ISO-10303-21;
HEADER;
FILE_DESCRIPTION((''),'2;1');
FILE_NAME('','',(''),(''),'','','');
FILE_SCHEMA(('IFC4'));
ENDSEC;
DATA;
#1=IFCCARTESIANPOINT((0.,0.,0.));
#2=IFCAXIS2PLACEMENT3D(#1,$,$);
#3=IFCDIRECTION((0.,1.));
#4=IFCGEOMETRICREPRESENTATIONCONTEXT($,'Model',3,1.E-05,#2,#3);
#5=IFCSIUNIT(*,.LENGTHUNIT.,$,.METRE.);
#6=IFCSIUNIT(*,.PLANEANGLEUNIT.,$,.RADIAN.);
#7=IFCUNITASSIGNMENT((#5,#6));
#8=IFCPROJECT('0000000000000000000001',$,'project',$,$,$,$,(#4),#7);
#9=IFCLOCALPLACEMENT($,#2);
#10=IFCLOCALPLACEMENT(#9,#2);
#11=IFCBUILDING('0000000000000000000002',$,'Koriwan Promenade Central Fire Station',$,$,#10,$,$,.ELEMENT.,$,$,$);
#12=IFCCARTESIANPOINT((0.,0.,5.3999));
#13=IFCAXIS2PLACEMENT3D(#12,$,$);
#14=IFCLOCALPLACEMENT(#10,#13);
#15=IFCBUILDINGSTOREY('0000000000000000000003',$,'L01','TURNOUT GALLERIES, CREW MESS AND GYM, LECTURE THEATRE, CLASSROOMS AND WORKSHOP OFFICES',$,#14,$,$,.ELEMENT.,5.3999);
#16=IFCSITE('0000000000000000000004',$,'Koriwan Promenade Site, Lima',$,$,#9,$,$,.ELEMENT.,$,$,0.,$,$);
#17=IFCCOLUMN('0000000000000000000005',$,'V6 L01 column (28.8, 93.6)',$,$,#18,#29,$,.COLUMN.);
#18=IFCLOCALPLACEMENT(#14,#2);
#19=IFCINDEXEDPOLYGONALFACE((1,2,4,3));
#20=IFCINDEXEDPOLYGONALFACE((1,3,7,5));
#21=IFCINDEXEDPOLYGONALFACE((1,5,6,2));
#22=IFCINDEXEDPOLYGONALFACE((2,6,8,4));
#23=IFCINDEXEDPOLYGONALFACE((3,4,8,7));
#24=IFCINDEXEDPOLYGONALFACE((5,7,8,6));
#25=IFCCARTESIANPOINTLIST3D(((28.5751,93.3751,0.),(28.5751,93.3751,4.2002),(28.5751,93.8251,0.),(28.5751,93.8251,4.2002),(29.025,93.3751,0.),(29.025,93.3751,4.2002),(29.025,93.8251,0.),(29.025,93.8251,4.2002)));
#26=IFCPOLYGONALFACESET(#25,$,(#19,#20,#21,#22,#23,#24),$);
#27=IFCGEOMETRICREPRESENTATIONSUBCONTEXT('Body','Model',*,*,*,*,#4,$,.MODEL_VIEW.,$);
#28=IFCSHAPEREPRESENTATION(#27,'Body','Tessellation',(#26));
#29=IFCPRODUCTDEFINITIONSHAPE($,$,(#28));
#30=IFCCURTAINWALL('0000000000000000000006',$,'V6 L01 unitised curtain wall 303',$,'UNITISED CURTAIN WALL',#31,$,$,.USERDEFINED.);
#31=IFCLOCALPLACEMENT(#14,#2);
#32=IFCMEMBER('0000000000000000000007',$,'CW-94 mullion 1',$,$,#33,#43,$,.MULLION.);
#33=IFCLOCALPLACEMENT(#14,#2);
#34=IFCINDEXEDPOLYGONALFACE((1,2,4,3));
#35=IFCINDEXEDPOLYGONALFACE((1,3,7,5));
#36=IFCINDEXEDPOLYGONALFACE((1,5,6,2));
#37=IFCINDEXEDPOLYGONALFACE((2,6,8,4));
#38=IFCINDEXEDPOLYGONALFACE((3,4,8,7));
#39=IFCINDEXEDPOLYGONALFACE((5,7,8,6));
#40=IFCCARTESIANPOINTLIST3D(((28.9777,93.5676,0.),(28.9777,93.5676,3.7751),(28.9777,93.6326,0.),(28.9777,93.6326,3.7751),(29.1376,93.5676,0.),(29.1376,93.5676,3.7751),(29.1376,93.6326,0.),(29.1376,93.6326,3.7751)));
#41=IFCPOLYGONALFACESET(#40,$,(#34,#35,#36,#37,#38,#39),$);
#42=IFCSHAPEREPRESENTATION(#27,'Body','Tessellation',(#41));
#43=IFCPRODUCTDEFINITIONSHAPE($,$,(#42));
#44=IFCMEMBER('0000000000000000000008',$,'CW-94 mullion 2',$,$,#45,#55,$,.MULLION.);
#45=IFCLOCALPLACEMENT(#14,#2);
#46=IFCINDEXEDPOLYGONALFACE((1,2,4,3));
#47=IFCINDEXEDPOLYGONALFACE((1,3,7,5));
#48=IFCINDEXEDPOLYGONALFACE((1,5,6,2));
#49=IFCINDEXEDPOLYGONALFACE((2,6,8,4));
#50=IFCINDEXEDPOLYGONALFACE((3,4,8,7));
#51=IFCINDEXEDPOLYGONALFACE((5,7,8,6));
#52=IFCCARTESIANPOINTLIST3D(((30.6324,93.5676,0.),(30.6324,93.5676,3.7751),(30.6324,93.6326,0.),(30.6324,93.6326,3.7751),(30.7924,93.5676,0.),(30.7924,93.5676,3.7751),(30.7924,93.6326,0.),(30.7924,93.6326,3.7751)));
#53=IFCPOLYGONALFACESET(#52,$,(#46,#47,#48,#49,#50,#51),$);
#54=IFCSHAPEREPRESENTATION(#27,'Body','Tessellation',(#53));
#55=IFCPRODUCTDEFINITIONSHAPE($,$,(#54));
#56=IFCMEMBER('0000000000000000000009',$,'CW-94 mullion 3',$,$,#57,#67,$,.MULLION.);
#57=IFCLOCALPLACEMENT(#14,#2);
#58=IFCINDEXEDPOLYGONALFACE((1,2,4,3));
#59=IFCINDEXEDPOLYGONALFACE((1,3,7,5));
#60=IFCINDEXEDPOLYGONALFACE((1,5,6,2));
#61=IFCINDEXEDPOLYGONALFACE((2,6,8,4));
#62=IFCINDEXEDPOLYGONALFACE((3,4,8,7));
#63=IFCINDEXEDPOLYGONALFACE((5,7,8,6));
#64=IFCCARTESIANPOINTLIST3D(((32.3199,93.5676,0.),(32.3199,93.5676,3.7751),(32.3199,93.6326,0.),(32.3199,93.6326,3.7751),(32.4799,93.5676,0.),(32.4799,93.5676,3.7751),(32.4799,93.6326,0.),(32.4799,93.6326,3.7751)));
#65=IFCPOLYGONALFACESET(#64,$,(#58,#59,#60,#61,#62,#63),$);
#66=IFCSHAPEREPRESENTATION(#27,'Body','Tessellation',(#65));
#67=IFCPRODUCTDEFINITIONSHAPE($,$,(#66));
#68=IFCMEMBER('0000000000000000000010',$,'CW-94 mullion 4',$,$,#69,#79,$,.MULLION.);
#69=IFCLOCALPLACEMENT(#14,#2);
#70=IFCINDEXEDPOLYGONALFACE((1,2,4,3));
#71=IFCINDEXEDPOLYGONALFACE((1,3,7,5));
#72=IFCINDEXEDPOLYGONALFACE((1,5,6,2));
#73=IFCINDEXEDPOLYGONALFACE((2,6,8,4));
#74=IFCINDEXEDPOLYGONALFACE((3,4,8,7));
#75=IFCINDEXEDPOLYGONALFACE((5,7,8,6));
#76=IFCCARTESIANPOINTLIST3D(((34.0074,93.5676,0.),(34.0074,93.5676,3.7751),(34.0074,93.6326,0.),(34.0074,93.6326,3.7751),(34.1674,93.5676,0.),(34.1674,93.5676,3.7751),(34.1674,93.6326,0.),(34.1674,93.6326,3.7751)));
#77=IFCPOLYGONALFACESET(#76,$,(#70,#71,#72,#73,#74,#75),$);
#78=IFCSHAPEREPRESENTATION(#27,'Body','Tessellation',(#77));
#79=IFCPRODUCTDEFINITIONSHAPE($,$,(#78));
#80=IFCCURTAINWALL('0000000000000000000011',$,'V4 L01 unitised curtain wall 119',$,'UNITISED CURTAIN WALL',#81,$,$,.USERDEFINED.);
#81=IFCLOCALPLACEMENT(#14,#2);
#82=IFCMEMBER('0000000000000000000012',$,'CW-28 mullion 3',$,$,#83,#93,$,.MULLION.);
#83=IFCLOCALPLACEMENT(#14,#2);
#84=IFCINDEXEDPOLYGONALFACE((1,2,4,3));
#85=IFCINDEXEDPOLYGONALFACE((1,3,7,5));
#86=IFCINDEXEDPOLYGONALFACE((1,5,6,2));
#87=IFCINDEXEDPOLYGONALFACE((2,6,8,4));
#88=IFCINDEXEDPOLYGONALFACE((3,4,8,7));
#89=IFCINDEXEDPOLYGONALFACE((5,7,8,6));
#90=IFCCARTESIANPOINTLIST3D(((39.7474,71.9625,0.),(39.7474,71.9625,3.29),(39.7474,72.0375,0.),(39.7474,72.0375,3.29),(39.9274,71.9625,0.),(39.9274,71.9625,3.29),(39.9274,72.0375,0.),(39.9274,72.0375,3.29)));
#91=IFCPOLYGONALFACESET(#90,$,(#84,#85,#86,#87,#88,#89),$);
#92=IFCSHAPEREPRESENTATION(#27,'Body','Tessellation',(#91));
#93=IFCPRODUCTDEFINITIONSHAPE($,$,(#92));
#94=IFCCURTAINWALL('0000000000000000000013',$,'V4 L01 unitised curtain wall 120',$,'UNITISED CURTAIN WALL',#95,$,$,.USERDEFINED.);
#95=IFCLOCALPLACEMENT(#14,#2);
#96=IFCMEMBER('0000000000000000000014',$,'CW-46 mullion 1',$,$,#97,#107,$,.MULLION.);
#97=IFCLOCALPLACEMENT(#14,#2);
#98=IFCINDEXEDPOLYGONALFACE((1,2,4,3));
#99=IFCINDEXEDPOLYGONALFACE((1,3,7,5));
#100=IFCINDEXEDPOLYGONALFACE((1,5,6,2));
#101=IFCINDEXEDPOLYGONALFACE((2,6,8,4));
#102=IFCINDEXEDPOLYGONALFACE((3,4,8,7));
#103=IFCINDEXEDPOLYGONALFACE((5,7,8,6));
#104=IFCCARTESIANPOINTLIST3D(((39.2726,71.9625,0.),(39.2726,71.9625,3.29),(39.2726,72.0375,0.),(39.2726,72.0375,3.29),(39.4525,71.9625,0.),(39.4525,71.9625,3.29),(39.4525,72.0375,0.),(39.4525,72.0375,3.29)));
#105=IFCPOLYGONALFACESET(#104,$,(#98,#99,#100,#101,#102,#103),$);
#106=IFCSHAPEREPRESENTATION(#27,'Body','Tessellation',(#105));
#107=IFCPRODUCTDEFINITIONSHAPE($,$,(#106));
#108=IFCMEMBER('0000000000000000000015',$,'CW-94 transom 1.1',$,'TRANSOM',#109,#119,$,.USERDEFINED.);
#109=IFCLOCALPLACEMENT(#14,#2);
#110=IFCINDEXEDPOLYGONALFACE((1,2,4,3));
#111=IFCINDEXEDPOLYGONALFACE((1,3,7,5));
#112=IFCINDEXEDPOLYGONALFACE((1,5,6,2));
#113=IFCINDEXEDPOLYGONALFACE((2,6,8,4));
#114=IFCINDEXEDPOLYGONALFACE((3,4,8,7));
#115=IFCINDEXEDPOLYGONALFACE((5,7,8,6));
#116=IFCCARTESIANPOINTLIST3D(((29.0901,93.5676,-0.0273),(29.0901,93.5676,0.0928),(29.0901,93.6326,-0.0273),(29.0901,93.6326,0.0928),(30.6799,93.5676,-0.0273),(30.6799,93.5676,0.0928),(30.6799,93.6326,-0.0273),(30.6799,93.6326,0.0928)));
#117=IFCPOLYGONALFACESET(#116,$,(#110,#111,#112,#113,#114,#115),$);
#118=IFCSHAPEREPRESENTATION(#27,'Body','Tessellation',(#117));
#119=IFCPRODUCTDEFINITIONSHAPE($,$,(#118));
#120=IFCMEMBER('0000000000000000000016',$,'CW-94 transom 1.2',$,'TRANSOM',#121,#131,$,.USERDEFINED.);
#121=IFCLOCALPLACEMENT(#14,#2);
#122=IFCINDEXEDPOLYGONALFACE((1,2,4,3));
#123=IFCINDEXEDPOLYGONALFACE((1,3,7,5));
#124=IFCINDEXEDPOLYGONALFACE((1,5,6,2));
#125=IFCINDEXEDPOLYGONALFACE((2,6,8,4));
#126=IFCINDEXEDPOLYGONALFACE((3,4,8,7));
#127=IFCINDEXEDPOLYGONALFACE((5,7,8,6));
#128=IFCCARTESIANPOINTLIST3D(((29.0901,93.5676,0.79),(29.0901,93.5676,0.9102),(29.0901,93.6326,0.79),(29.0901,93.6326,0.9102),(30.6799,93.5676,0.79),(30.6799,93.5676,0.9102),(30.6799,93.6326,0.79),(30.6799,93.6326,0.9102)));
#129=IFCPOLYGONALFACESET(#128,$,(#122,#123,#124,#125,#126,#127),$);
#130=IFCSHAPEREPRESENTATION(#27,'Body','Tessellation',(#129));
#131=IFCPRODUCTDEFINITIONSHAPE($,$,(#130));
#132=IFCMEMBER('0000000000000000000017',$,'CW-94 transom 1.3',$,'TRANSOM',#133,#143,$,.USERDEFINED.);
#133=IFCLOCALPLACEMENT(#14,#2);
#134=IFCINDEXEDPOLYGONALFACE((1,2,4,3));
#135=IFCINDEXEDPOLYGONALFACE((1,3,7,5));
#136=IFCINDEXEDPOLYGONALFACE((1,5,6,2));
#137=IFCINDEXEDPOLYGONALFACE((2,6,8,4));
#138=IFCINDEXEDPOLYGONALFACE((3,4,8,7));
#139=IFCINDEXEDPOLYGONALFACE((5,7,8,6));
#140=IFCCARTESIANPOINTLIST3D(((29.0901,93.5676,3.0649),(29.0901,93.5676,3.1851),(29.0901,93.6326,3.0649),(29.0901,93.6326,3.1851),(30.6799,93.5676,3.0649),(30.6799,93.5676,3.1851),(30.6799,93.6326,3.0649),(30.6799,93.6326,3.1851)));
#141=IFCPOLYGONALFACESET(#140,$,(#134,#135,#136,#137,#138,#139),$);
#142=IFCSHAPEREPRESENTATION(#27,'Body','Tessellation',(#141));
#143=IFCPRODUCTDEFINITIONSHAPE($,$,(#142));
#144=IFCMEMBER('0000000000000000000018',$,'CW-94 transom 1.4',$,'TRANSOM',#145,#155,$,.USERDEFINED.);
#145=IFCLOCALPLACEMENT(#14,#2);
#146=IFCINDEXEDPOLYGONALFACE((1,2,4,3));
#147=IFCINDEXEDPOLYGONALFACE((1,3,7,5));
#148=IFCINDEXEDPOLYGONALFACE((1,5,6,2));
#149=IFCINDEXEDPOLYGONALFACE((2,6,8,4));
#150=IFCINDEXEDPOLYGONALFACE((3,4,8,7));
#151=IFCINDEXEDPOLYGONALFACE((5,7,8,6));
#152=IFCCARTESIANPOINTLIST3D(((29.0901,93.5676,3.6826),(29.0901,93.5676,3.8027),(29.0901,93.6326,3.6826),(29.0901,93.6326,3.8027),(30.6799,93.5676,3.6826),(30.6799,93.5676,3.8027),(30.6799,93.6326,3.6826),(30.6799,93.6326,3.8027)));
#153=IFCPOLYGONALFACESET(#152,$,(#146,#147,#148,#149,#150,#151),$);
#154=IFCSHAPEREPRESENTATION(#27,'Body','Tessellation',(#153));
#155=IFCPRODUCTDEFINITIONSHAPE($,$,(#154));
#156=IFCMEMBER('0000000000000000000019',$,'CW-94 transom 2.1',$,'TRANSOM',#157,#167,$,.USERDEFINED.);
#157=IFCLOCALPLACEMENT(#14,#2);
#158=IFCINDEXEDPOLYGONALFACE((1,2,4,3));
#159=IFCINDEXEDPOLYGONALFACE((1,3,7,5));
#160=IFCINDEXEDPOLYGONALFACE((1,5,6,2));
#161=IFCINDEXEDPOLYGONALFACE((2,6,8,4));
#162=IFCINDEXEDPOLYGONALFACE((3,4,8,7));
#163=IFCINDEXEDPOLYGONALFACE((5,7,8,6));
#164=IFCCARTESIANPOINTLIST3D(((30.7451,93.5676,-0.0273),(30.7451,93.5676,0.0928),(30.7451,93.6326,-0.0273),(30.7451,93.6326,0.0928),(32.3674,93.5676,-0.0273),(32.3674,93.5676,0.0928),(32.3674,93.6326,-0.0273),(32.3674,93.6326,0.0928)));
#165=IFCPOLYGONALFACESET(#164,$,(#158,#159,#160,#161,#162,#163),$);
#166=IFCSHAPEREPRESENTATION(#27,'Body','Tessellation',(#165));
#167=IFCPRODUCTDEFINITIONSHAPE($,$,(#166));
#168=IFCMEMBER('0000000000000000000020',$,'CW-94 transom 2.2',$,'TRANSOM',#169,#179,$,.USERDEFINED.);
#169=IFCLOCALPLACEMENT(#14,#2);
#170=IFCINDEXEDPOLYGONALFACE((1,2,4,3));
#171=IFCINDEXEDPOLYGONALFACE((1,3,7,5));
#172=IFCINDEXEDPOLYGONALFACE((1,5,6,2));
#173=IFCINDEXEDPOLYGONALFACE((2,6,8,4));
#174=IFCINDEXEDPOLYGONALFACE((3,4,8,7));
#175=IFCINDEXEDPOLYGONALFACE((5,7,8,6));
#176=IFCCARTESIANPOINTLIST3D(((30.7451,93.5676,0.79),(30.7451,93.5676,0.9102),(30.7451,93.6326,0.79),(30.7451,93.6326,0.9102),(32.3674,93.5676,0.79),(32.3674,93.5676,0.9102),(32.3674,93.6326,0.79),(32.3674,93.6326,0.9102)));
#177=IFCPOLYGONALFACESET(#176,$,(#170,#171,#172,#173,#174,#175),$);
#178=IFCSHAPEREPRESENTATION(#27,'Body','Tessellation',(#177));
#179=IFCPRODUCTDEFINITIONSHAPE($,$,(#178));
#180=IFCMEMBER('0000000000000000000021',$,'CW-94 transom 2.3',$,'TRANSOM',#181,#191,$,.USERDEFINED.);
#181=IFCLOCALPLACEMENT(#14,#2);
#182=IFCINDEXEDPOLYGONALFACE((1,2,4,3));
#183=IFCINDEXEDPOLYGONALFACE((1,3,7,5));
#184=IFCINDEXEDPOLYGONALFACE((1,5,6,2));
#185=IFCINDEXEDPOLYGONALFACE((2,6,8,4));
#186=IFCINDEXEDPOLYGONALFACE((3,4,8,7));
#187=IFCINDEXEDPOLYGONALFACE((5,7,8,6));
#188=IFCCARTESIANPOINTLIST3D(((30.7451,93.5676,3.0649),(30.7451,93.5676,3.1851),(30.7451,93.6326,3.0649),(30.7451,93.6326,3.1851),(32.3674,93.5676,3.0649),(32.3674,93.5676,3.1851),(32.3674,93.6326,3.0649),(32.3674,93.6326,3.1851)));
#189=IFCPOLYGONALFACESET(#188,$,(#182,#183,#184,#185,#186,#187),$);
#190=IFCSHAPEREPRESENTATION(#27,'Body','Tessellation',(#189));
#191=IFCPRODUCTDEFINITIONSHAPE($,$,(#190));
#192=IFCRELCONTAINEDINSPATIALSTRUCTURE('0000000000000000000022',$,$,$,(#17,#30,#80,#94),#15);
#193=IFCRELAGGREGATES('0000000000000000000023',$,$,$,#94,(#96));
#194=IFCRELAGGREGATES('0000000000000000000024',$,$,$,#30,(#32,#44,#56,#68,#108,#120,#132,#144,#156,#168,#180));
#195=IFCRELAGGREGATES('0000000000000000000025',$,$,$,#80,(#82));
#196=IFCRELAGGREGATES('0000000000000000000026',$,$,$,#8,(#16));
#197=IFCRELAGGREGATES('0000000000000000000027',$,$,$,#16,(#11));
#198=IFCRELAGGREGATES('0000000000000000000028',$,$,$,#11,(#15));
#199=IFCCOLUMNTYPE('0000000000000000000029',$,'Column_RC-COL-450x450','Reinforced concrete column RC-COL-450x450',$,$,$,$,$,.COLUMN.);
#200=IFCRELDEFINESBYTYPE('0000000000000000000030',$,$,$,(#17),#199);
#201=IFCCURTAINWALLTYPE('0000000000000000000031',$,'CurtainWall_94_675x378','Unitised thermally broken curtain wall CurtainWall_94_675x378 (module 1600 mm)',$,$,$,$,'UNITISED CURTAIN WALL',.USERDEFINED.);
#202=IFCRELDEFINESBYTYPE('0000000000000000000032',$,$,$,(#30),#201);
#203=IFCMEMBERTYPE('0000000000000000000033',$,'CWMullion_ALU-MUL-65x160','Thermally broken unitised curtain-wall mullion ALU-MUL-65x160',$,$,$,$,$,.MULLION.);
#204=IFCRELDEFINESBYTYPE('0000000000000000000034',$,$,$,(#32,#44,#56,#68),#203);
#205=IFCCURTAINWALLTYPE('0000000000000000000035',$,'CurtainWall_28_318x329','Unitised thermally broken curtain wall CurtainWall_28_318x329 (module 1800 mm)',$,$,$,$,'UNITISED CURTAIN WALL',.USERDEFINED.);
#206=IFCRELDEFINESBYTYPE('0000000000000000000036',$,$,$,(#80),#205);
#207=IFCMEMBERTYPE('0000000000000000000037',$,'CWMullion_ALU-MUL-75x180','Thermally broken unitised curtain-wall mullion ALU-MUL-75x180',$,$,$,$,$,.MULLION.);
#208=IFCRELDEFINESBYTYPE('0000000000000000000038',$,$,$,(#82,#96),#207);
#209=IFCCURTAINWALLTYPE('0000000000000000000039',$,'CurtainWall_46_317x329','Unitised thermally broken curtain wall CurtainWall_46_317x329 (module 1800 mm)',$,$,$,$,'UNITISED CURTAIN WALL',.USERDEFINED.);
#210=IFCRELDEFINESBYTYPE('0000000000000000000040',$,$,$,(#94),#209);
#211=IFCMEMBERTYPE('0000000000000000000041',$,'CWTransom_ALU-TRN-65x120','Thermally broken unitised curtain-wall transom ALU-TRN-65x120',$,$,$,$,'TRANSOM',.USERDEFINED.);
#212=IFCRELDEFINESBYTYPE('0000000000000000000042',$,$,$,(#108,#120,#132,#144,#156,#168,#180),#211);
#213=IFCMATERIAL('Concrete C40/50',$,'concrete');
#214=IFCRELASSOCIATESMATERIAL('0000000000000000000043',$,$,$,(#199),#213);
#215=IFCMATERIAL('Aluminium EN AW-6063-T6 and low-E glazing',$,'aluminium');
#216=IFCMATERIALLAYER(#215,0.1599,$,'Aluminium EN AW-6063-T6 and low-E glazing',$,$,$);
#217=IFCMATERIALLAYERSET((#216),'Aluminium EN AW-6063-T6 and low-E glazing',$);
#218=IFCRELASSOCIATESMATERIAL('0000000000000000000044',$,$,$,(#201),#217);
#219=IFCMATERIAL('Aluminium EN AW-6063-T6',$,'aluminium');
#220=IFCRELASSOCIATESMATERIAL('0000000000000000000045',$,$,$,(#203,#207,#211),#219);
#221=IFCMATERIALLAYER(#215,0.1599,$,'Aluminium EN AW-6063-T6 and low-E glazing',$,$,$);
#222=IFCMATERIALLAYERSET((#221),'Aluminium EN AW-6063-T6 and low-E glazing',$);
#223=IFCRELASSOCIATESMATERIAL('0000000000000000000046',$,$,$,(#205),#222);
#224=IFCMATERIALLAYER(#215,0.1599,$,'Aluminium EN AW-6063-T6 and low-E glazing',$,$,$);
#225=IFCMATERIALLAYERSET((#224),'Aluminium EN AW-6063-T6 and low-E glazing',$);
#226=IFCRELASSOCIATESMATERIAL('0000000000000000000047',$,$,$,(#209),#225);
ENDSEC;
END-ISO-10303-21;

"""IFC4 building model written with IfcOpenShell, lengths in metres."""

from ifc_helpers import new_model, si_unit, direction, frame, origin, origin_2d, place, context, subcontext, project, spatial, rectangle, extrude, material, layer, layer_set, material_profile, profile_set, type_object, element, aggregate, save


model = new_model("IFC4")

# Units and contexts
model_context = context("Model", 3, precision=1e-05, world=origin(), true_north=direction((0.0, 1.0)))
body_context = subcontext(model_context, "Body", "Model", "MODEL_VIEW")
ifc_project = project(units=[si_unit("LENGTHUNIT", "METRE"), si_unit("PLANEANGLEUNIT", "RADIAN")], contexts=[model_context])

# Site, building, storey
site_placement = place(None, origin())
site = spatial("IfcSite", under=ifc_project, at=site_placement, Name="Koriwan Promenade Site, Lima", CompositionType="ELEMENT", RefElevation=0.0)
building_placement = place(site_placement, origin())
building = spatial("IfcBuilding", under=site, at=building_placement, Name="Koriwan Promenade Central Fire Station", CompositionType="ELEMENT")
storey_placement = place(building_placement, frame((0.0, 0.0, 5.3999)))
storey = spatial("IfcBuildingStorey", under=building, at=storey_placement, Name="L01", Description="TURNOUT GALLERIES, CREW MESS AND GYM, LECTURE THEATRE, CLASSROOMS AND WORKSHOP OFFICES", CompositionType="ELEMENT", Elevation=5.3999)

# Column
ifc_material_1 = material(Name="Concrete C40/50", Category="concrete")
ifc_material_profile_1 = material_profile(ifc_material_1, rectangle(XDim=0.45, YDim=0.45, at=origin_2d()), Name="RC-COL-450x450")
ifc_profile_set_1 = profile_set([ifc_material_profile_1], Name="Concrete C40/50")
column_type = type_object("IfcColumnType", Name="Column_RC-COL-450x450", Description="Reinforced concrete column RC-COL-450x450", PredefinedType="COLUMN", material=ifc_profile_set_1)
column_placement = place(storey_placement, frame((28.8, 93.6001, 0.0), z_axis=(0.0, 0.0, 1.0), x_axis=(1.0, 0.0, 0.0)))
element("IfcColumn", 1, at=column_placement, inside=storey, type_object=column_type, Name="V6 L01 column (28.8, 93.6)", PredefinedType="COLUMN", context=body_context, shape_type="SweptSolid", body=[
    extrude(rectangle(XDim=0.45, YDim=0.45, at=origin_2d()), origin(), (0.0, 0.0, 1.0), 4.2002),
])

# Curtain wall, members
ifc_material_2 = material(Name="Aluminium EN AW-6063-T6 and low-E glazing", Category="aluminium")
ifc_layer_1 = layer(ifc_material_2, 0.1599, Name="Aluminium EN AW-6063-T6 and low-E glazing")
ifc_layer_set_1 = layer_set([ifc_layer_1], Name="Aluminium EN AW-6063-T6 and low-E glazing")
curtain_wall_type_1 = type_object("IfcCurtainWallType", Name="CurtainWall_94_675x378", Description="Unitised thermally broken curtain wall CurtainWall_94_675x378 (module 1600 mm)", ElementType="UNITISED CURTAIN WALL", PredefinedType="USERDEFINED", material=ifc_layer_set_1)
curtain_wall_1_placement = place(storey_placement, origin())
curtain_wall_1 = element("IfcCurtainWall", 2, at=curtain_wall_1_placement, inside=storey, type_object=curtain_wall_type_1, Name="V6 L01 unitised curtain wall 303", ObjectType="UNITISED CURTAIN WALL", PredefinedType="USERDEFINED")
ifc_material_3 = material(Name="Aluminium EN AW-6063-T6", Category="aluminium")
ifc_material_profile_2 = material_profile(ifc_material_3, rectangle(XDim=0.0649, YDim=0.1599, at=origin_2d()), Name="ALU-MUL-65x160")
ifc_profile_set_2 = profile_set([ifc_material_profile_2], Name="Aluminium EN AW-6063-T6")
member_type_1 = type_object("IfcMemberType", Name="CWMullion_ALU-MUL-65x160", Description="Thermally broken unitised curtain-wall mullion ALU-MUL-65x160", PredefinedType="MULLION", material=ifc_profile_set_2)
member_1_placement = place(storey_placement, frame((29.0576, 93.6001, 0.0), z_axis=(0.0, 0.0, 1.0), x_axis=(0.0, 1.0, 0.0)))
member_1 = element("IfcMember", 3, at=member_1_placement, type_object=member_type_1, Name="CW-94 mullion 1", PredefinedType="MULLION", context=body_context, shape_type="SweptSolid", body=[
    extrude(rectangle(XDim=0.0649, YDim=0.1599, at=origin_2d()), origin(), (0.0, 0.0, 1.0), 3.7751),
])
member_2_placement = place(storey_placement, frame((30.7124, 93.6001, 0.0), z_axis=(0.0, 0.0, 1.0), x_axis=(0.0, 1.0, 0.0)))
member_2 = element("IfcMember", 4, at=member_2_placement, type_object=member_type_1, Name="CW-94 mullion 2", PredefinedType="MULLION", context=body_context, shape_type="SweptSolid", body=[
    extrude(rectangle(XDim=0.0649, YDim=0.1599, at=origin_2d()), origin(), (0.0, 0.0, 1.0), 3.7751),
])
member_3_placement = place(storey_placement, frame((32.3999, 93.6001, 0.0), z_axis=(0.0, 0.0, 1.0), x_axis=(0.0, 1.0, 0.0)))
member_3 = element("IfcMember", 5, at=member_3_placement, type_object=member_type_1, Name="CW-94 mullion 3", PredefinedType="MULLION", context=body_context, shape_type="SweptSolid", body=[
    extrude(rectangle(XDim=0.0649, YDim=0.1599, at=origin_2d()), origin(), (0.0, 0.0, 1.0), 3.7751),
])
member_4_placement = place(storey_placement, frame((34.0874, 93.6001, 0.0), z_axis=(0.0, 0.0, 1.0), x_axis=(0.0, 1.0, 0.0)))
member_4 = element("IfcMember", 6, at=member_4_placement, type_object=member_type_1, Name="CW-94 mullion 4", PredefinedType="MULLION", context=body_context, shape_type="SweptSolid", body=[
    extrude(rectangle(XDim=0.0649, YDim=0.1599, at=origin_2d()), origin(), (0.0, 0.0, 1.0), 3.7751),
])

# Curtain walls, members
ifc_layer_2 = layer(ifc_material_2, 0.1599, Name="Aluminium EN AW-6063-T6 and low-E glazing")
ifc_layer_set_2 = layer_set([ifc_layer_2], Name="Aluminium EN AW-6063-T6 and low-E glazing")
curtain_wall_type_2 = type_object("IfcCurtainWallType", Name="CurtainWall_28_318x329", Description="Unitised thermally broken curtain wall CurtainWall_28_318x329 (module 1800 mm)", ElementType="UNITISED CURTAIN WALL", PredefinedType="USERDEFINED", material=ifc_layer_set_2)
curtain_wall_2_placement = place(storey_placement, origin())
curtain_wall_2 = element("IfcCurtainWall", 7, at=curtain_wall_2_placement, inside=storey, type_object=curtain_wall_type_2, Name="V4 L01 unitised curtain wall 119", ObjectType="UNITISED CURTAIN WALL", PredefinedType="USERDEFINED")
ifc_material_profile_3 = material_profile(ifc_material_3, rectangle(XDim=0.075, YDim=0.1799, at=origin_2d()), Name="ALU-MUL-75x180")
ifc_profile_set_3 = profile_set([ifc_material_profile_3], Name="Aluminium EN AW-6063-T6")
member_type_2 = type_object("IfcMemberType", Name="CWMullion_ALU-MUL-75x180", Description="Thermally broken unitised curtain-wall mullion ALU-MUL-75x180", PredefinedType="MULLION", material=ifc_profile_set_3)
member_5_placement = place(storey_placement, frame((39.8374, 72.0, 0.0), z_axis=(0.0, 0.0, 1.0), x_axis=(0.0, -1.0, 0.0)))
member_5 = element("IfcMember", 8, at=member_5_placement, type_object=member_type_2, Name="CW-28 mullion 3", PredefinedType="MULLION", context=body_context, shape_type="SweptSolid", body=[
    extrude(rectangle(XDim=0.075, YDim=0.1799, at=origin_2d()), origin(), (0.0, 0.0, 1.0), 3.29),
])
ifc_layer_3 = layer(ifc_material_2, 0.1599, Name="Aluminium EN AW-6063-T6 and low-E glazing")
ifc_layer_set_3 = layer_set([ifc_layer_3], Name="Aluminium EN AW-6063-T6 and low-E glazing")
curtain_wall_type_3 = type_object("IfcCurtainWallType", Name="CurtainWall_46_317x329", Description="Unitised thermally broken curtain wall CurtainWall_46_317x329 (module 1800 mm)", ElementType="UNITISED CURTAIN WALL", PredefinedType="USERDEFINED", material=ifc_layer_set_3)
curtain_wall_3_placement = place(storey_placement, origin())
curtain_wall_3 = element("IfcCurtainWall", 9, at=curtain_wall_3_placement, inside=storey, type_object=curtain_wall_type_3, Name="V4 L01 unitised curtain wall 120", ObjectType="UNITISED CURTAIN WALL", PredefinedType="USERDEFINED")
member_6_placement = place(storey_placement, frame((39.3625, 72.0, 0.0), z_axis=(0.0, 0.0, 1.0), x_axis=(0.0, -1.0, 0.0)))
member_6 = element("IfcMember", 10, at=member_6_placement, type_object=member_type_2, Name="CW-46 mullion 1", PredefinedType="MULLION", context=body_context, shape_type="SweptSolid", body=[
    extrude(rectangle(XDim=0.075, YDim=0.1799, at=origin_2d()), origin(), (0.0, 0.0, 1.0), 3.29),
])
aggregate(curtain_wall_3, [member_6])

# Members
ifc_material_profile_4 = material_profile(ifc_material_3, rectangle(XDim=0.0649, YDim=0.1201, at=origin_2d()), Name="ALU-TRN-65x120")
ifc_profile_set_4 = profile_set([ifc_material_profile_4], Name="Aluminium EN AW-6063-T6")
member_type_3 = type_object("IfcMemberType", Name="CWTransom_ALU-TRN-65x120", Description="Thermally broken unitised curtain-wall transom ALU-TRN-65x120", ElementType="TRANSOM", PredefinedType="USERDEFINED", material=ifc_profile_set_4)
member_7_placement = place(storey_placement, frame((29.0901, 93.6001, 0.0327), z_axis=(1.0, 0.0, 0.0), x_axis=(0.0, 1.0, 0.0)))
member_7 = element("IfcMember", 11, at=member_7_placement, type_object=member_type_3, Name="CW-94 transom 1.1", ObjectType="TRANSOM", PredefinedType="USERDEFINED", context=body_context, shape_type="SweptSolid", body=[
    extrude(rectangle(XDim=0.0649, YDim=0.1201, at=origin_2d()), origin(), (0.0, 0.0, 1.0), 1.5898),
])
member_8_placement = place(storey_placement, frame((29.0901, 93.6001, 0.8501), z_axis=(1.0, 0.0, 0.0), x_axis=(0.0, 1.0, 0.0)))
member_8 = element("IfcMember", 12, at=member_8_placement, type_object=member_type_3, Name="CW-94 transom 1.2", ObjectType="TRANSOM", PredefinedType="USERDEFINED", context=body_context, shape_type="SweptSolid", body=[
    extrude(rectangle(XDim=0.0649, YDim=0.1201, at=origin_2d()), origin(), (0.0, 0.0, 1.0), 1.5898),
])
member_9_placement = place(storey_placement, frame((29.0901, 93.6001, 3.125), z_axis=(1.0, 0.0, 0.0), x_axis=(0.0, 1.0, 0.0)))
member_9 = element("IfcMember", 13, at=member_9_placement, type_object=member_type_3, Name="CW-94 transom 1.3", ObjectType="TRANSOM", PredefinedType="USERDEFINED", context=body_context, shape_type="SweptSolid", body=[
    extrude(rectangle(XDim=0.0649, YDim=0.1201, at=origin_2d()), origin(), (0.0, 0.0, 1.0), 1.5898),
])
member_10_placement = place(storey_placement, frame((29.0901, 93.6001, 3.7427), z_axis=(1.0, 0.0, 0.0), x_axis=(0.0, 1.0, 0.0)))
member_10 = element("IfcMember", 14, at=member_10_placement, type_object=member_type_3, Name="CW-94 transom 1.4", ObjectType="TRANSOM", PredefinedType="USERDEFINED", context=body_context, shape_type="SweptSolid", body=[
    extrude(rectangle(XDim=0.0649, YDim=0.1201, at=origin_2d()), origin(), (0.0, 0.0, 1.0), 1.5898),
])
member_11_placement = place(storey_placement, frame((30.7451, 93.6001, 0.0327), z_axis=(1.0, 0.0, 0.0), x_axis=(0.0, 1.0, 0.0)))
member_11 = element("IfcMember", 15, at=member_11_placement, type_object=member_type_3, Name="CW-94 transom 2.1", ObjectType="TRANSOM", PredefinedType="USERDEFINED", context=body_context, shape_type="SweptSolid", body=[
    extrude(rectangle(XDim=0.0649, YDim=0.1201, at=origin_2d()), origin(), (0.0, 0.0, 1.0), 1.6223),
])
member_12_placement = place(storey_placement, frame((30.7451, 93.6001, 0.8501), z_axis=(1.0, 0.0, 0.0), x_axis=(0.0, 1.0, 0.0)))
member_12 = element("IfcMember", 16, at=member_12_placement, type_object=member_type_3, Name="CW-94 transom 2.2", ObjectType="TRANSOM", PredefinedType="USERDEFINED", context=body_context, shape_type="SweptSolid", body=[
    extrude(rectangle(XDim=0.0649, YDim=0.1201, at=origin_2d()), origin(), (0.0, 0.0, 1.0), 1.6223),
])
member_13_placement = place(storey_placement, frame((30.7451, 93.6001, 3.125), z_axis=(1.0, 0.0, 0.0), x_axis=(0.0, 1.0, 0.0)))
member_13 = element("IfcMember", 17, at=member_13_placement, type_object=member_type_3, Name="CW-94 transom 2.3", ObjectType="TRANSOM", PredefinedType="USERDEFINED", context=body_context, shape_type="SweptSolid", body=[
    extrude(rectangle(XDim=0.0649, YDim=0.1201, at=origin_2d()), origin(), (0.0, 0.0, 1.0), 1.6223),
])

aggregate(curtain_wall_1, [member_1, member_2, member_3, member_4, member_7, member_8, member_9, member_10, member_11, member_12, member_13])
aggregate(curtain_wall_2, [member_5])

save(model, "model.ifc")
